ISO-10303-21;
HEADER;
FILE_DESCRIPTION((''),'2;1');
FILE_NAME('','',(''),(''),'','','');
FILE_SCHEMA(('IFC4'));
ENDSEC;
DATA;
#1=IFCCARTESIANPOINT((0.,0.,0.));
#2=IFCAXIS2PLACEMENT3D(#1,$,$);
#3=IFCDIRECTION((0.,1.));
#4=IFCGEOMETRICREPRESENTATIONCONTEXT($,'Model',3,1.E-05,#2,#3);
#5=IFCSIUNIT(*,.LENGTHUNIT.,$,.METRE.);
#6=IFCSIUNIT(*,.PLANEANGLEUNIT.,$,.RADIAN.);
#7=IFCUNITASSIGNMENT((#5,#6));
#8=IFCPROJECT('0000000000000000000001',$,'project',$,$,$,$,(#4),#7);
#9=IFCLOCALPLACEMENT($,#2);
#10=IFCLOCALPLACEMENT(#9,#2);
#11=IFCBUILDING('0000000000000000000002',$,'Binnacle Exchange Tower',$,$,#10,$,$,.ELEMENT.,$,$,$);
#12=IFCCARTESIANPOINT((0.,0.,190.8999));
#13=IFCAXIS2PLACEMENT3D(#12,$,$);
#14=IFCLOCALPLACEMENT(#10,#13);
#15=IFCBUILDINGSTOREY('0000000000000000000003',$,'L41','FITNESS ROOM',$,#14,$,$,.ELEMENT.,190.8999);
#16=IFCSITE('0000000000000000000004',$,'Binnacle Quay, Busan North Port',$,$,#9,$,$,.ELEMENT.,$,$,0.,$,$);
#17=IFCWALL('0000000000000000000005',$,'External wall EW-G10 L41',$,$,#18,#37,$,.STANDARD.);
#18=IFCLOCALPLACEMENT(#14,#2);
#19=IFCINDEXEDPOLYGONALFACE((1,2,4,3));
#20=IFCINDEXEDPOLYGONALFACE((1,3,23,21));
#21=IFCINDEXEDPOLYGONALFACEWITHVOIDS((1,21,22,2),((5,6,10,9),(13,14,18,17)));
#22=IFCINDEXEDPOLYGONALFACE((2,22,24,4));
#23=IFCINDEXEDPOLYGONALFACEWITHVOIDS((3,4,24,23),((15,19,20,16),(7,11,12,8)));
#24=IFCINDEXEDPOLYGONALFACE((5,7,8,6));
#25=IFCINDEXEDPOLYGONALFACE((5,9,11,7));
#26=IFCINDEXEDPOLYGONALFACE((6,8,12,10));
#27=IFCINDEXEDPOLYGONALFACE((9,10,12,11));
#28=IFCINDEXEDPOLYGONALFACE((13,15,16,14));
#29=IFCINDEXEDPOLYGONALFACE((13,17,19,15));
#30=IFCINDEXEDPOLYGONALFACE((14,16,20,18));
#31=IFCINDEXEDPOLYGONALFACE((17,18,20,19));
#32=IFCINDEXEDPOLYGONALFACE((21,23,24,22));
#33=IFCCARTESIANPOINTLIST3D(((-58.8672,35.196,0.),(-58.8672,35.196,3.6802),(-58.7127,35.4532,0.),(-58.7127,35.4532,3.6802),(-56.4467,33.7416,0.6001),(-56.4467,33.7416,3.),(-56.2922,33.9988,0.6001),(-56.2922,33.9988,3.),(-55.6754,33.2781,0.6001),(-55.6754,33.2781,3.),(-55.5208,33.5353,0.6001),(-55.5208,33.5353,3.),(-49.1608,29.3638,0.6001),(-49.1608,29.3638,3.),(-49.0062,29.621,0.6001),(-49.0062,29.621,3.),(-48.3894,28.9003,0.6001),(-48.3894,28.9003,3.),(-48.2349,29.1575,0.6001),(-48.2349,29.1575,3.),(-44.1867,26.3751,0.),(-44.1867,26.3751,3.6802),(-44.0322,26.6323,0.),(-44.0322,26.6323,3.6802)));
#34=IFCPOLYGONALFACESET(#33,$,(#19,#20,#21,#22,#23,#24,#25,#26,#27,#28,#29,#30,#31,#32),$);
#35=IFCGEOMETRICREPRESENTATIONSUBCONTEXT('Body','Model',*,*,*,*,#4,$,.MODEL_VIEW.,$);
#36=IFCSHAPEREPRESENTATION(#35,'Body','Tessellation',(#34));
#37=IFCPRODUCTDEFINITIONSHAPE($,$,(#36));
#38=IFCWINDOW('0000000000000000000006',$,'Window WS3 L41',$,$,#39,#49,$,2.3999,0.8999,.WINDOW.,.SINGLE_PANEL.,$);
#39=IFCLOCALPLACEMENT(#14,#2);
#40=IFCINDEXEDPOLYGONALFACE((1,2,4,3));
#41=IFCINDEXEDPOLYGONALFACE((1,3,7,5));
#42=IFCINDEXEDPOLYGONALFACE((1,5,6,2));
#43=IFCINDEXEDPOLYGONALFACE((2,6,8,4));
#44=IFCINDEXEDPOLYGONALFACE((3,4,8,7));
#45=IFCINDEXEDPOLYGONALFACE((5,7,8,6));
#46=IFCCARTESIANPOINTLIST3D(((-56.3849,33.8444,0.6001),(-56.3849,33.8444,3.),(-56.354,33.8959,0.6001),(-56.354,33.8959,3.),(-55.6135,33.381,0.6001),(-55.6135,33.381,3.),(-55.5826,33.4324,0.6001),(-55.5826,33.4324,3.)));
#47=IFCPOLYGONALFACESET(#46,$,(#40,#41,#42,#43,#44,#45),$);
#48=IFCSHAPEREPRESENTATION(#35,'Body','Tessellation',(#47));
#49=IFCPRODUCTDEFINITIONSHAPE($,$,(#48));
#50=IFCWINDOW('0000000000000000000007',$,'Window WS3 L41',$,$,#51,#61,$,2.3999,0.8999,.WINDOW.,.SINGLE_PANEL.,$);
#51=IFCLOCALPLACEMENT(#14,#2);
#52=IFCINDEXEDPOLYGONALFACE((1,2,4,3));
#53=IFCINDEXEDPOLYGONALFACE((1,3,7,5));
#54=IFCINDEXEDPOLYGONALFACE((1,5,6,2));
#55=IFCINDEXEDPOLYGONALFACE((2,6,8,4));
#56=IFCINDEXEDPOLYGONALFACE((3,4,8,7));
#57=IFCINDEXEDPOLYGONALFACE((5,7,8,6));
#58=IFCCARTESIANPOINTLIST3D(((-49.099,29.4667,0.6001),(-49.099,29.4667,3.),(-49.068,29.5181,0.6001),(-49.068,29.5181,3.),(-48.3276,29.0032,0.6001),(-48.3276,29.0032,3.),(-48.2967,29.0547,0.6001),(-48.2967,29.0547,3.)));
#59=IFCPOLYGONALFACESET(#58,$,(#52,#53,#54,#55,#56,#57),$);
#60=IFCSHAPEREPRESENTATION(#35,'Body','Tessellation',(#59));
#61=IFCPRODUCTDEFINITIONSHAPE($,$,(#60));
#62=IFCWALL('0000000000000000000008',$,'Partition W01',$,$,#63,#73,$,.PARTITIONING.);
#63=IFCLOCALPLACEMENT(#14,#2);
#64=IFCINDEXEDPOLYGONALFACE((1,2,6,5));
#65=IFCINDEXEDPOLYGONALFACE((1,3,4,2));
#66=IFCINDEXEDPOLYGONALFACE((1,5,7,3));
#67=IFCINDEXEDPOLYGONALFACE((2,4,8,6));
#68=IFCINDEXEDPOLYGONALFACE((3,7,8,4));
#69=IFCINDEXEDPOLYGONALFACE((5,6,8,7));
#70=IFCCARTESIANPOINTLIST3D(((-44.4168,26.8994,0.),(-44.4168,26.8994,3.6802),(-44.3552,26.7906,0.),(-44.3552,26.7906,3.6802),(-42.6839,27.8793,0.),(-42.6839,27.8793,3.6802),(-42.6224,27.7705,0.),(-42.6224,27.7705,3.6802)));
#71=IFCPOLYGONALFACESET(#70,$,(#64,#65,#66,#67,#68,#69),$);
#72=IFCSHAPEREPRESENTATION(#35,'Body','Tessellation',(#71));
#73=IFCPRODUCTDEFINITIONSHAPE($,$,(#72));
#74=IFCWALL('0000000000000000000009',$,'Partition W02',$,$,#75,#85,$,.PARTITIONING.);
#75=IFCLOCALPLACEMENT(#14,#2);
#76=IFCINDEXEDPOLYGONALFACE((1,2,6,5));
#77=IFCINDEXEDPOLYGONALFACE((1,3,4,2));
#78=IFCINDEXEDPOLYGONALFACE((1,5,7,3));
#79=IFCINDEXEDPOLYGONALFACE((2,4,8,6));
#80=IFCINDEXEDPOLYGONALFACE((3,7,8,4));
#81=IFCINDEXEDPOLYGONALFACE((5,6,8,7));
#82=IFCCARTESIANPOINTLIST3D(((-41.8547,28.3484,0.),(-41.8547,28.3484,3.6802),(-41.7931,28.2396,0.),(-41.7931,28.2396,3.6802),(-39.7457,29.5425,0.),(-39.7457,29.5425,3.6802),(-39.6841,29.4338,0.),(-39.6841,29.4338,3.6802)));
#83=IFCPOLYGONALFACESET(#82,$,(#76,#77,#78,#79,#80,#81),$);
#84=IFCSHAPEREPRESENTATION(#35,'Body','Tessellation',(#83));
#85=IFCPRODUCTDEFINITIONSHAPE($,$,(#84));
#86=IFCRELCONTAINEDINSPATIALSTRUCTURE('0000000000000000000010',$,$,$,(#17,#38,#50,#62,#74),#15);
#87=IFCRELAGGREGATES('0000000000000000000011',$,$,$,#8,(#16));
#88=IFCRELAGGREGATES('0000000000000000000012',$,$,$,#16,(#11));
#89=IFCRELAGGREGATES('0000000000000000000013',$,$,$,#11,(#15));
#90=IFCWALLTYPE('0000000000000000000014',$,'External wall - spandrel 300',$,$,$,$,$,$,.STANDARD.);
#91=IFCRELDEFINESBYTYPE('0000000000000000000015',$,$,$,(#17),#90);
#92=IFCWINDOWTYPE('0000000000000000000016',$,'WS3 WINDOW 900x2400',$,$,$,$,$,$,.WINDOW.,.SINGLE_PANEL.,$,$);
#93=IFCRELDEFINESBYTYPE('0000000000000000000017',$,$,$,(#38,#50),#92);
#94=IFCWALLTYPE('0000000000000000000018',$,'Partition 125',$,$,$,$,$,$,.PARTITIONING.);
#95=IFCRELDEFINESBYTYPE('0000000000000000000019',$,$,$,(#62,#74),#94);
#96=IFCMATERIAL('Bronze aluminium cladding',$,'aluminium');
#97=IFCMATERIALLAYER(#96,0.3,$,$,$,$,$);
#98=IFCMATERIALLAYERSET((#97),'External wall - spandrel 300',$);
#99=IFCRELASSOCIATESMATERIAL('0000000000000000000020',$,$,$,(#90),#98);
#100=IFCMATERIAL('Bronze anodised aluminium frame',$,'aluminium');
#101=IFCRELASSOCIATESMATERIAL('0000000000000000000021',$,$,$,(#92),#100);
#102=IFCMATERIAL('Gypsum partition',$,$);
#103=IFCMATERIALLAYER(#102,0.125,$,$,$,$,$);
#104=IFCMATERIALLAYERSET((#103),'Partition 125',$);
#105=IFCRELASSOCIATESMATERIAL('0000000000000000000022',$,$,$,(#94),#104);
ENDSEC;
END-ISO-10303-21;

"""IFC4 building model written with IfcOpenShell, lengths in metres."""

from ifc_helpers import new_model, si_unit, direction, frame, frame_2d, origin, place, context, subcontext, project, spatial, rectangle, extrude, material, layer, layer_set, type_object, element, fill, save


model = new_model("IFC4")

# Units and contexts
model_context = context("Model", 3, precision=1e-05, world=origin(), true_north=direction((0.0, 1.0)))
body_context = subcontext(model_context, "Body", "Model", "MODEL_VIEW")
ifc_project = project(units=[si_unit("LENGTHUNIT", "METRE"), si_unit("PLANEANGLEUNIT", "RADIAN")], contexts=[model_context])

# Site, building, storey
site_placement = place(None, origin())
site = spatial("IfcSite", under=ifc_project, at=site_placement, Name="Binnacle Quay, Busan North Port", CompositionType="ELEMENT", RefElevation=0.0)
building_placement = place(site_placement, origin())
building = spatial("IfcBuilding", under=site, at=building_placement, Name="Binnacle Exchange Tower", CompositionType="ELEMENT")
storey_placement = place(building_placement, frame((0.0, 0.0, 190.8999)))
storey = spatial("IfcBuildingStorey", under=building, at=storey_placement, Name="L41", Description="FITNESS ROOM", CompositionType="ELEMENT", Elevation=190.8999)

# Shared definitions
ifc_material_1 = material(Name="Bronze aluminium cladding", Category="aluminium")
ifc_layer_1 = layer(ifc_material_1, 0.3)
ifc_layer_set_1 = layer_set([ifc_layer_1], Name="External wall - spandrel 300")
wall_type_1 = type_object("IfcWallType", Name="External wall - spandrel 300", PredefinedType="STANDARD", material=ifc_layer_set_1)

# Wall, openings, windows
wall_1_placement = place(storey_placement, frame((-44.1094, 26.5037, 0.0), z_axis=(0.0, 0.0, 1.0), x_axis=(-0.85717, 0.515034, 0.0)))
wall_1 = element("IfcWall", 1, at=wall_1_placement, inside=storey, type_object=wall_type_1, Name="External wall EW-G10 L41", PredefinedType="STANDARD", context=body_context, shape_type="SweptSolid", body=[
    extrude(rectangle(XDim=17.1267, YDim=0.3, at=frame_2d((8.5635, 0.0))), origin(), (0.0, 0.0, 1.0), 3.6802),
])
opening_1_placement = place(wall_1_placement, frame((13.4031, 0.0, 0.6001)))
opening_1 = element("IfcOpeningElement", 2, at=opening_1_placement, cuts=wall_1, PredefinedType="OPENING", context=body_context, shape_type="SweptSolid", body=[
    extrude(rectangle(XDim=0.8999, YDim=2.3999, at=frame_2d((0.45, 1.2))), frame((0.0, 0.1599, 0.0), z_axis=(0.0, -1.0, 0.0), x_axis=(1.0, 0.0, 0.0)), (0.0, 0.0, 1.0), 0.3201),
])
opening_2_placement = place(wall_1_placement, frame((4.9031, 0.0, 0.6001)))
opening_2 = element("IfcOpeningElement", 3, at=opening_2_placement, cuts=wall_1, PredefinedType="OPENING", context=body_context, shape_type="SweptSolid", body=[
    extrude(rectangle(XDim=0.8999, YDim=2.3999, at=frame_2d((0.45, 1.2))), frame((0.0, 0.1599, 0.0), z_axis=(0.0, -1.0, 0.0), x_axis=(1.0, 0.0, 0.0)), (0.0, 0.0, 1.0), 0.3201),
])
ifc_material_2 = material(Name="Bronze anodised aluminium frame", Category="aluminium")
window_type = type_object("IfcWindowType", Name="WS3 WINDOW 900x2400", PartitioningType="SINGLE_PANEL", PredefinedType="WINDOW", material=ifc_material_2)
window_1_placement = place(opening_1_placement, origin())
window_1 = element("IfcWindow", 4, at=window_1_placement, inside=storey, type_object=window_type, Name="Window WS3 L41", OverallHeight=2.3999, OverallWidth=0.8999, PartitioningType="SINGLE_PANEL", PredefinedType="WINDOW", context=body_context, shape_type="SweptSolid", body=[
    extrude(rectangle(XDim=0.8999, YDim=2.3999, at=frame_2d((0.45, 1.2))), frame((0.0, 0.03, 0.0), z_axis=(0.0, -1.0, 0.0), x_axis=(1.0, 0.0, 0.0)), (0.0, 0.0, 1.0), 0.0601),
])
fill(opening_1, window_1)
window_2_placement = place(opening_2_placement, origin())
window_2 = element("IfcWindow", 5, at=window_2_placement, inside=storey, type_object=window_type, Name="Window WS3 L41", OverallHeight=2.3999, OverallWidth=0.8999, PartitioningType="SINGLE_PANEL", PredefinedType="WINDOW", context=body_context, shape_type="SweptSolid", body=[
    extrude(rectangle(XDim=0.8999, YDim=2.3999, at=frame_2d((0.45, 1.2))), frame((0.0, 0.03, 0.0), z_axis=(0.0, -1.0, 0.0), x_axis=(1.0, 0.0, 0.0)), (0.0, 0.0, 1.0), 0.0601),
])
fill(opening_2, window_2)

# Walls
ifc_material_3 = material(Name="Gypsum partition")
ifc_layer_2 = layer(ifc_material_3, 0.125)
ifc_layer_set_2 = layer_set([ifc_layer_2], Name="Partition 125")
wall_type_2 = type_object("IfcWallType", Name="Partition 125", PredefinedType="PARTITIONING", material=ifc_layer_set_2)
wall_2_placement = place(storey_placement, frame((-44.386, 26.845, 0.0), z_axis=(0.0, 0.0, 1.0), x_axis=(0.870453, 0.492251, 0.0)))
element("IfcWall", 6, at=wall_2_placement, inside=storey, type_object=wall_type_2, Name="Partition W01", PredefinedType="PARTITIONING", context=body_context, shape_type="SweptSolid", body=[
    extrude(rectangle(XDim=1.9907, YDim=0.125, at=frame_2d((0.9954, 0.0))), origin(), (0.0, 0.0, 1.0), 3.6802),
])
wall_3_placement = place(storey_placement, frame((-41.824, 28.2939, 0.0), z_axis=(0.0, 0.0, 1.0), x_axis=(0.870189, 0.492718, 0.0)))
element("IfcWall", 7, at=wall_3_placement, inside=storey, type_object=wall_type_2, Name="Partition W02", PredefinedType="PARTITIONING", context=body_context, shape_type="SweptSolid", body=[
    extrude(rectangle(XDim=2.4236, YDim=0.125, at=frame_2d((1.2119, 0.0))), origin(), (0.0, 0.0, 1.0), 3.6802),
])

save(model, "model.ifc")
